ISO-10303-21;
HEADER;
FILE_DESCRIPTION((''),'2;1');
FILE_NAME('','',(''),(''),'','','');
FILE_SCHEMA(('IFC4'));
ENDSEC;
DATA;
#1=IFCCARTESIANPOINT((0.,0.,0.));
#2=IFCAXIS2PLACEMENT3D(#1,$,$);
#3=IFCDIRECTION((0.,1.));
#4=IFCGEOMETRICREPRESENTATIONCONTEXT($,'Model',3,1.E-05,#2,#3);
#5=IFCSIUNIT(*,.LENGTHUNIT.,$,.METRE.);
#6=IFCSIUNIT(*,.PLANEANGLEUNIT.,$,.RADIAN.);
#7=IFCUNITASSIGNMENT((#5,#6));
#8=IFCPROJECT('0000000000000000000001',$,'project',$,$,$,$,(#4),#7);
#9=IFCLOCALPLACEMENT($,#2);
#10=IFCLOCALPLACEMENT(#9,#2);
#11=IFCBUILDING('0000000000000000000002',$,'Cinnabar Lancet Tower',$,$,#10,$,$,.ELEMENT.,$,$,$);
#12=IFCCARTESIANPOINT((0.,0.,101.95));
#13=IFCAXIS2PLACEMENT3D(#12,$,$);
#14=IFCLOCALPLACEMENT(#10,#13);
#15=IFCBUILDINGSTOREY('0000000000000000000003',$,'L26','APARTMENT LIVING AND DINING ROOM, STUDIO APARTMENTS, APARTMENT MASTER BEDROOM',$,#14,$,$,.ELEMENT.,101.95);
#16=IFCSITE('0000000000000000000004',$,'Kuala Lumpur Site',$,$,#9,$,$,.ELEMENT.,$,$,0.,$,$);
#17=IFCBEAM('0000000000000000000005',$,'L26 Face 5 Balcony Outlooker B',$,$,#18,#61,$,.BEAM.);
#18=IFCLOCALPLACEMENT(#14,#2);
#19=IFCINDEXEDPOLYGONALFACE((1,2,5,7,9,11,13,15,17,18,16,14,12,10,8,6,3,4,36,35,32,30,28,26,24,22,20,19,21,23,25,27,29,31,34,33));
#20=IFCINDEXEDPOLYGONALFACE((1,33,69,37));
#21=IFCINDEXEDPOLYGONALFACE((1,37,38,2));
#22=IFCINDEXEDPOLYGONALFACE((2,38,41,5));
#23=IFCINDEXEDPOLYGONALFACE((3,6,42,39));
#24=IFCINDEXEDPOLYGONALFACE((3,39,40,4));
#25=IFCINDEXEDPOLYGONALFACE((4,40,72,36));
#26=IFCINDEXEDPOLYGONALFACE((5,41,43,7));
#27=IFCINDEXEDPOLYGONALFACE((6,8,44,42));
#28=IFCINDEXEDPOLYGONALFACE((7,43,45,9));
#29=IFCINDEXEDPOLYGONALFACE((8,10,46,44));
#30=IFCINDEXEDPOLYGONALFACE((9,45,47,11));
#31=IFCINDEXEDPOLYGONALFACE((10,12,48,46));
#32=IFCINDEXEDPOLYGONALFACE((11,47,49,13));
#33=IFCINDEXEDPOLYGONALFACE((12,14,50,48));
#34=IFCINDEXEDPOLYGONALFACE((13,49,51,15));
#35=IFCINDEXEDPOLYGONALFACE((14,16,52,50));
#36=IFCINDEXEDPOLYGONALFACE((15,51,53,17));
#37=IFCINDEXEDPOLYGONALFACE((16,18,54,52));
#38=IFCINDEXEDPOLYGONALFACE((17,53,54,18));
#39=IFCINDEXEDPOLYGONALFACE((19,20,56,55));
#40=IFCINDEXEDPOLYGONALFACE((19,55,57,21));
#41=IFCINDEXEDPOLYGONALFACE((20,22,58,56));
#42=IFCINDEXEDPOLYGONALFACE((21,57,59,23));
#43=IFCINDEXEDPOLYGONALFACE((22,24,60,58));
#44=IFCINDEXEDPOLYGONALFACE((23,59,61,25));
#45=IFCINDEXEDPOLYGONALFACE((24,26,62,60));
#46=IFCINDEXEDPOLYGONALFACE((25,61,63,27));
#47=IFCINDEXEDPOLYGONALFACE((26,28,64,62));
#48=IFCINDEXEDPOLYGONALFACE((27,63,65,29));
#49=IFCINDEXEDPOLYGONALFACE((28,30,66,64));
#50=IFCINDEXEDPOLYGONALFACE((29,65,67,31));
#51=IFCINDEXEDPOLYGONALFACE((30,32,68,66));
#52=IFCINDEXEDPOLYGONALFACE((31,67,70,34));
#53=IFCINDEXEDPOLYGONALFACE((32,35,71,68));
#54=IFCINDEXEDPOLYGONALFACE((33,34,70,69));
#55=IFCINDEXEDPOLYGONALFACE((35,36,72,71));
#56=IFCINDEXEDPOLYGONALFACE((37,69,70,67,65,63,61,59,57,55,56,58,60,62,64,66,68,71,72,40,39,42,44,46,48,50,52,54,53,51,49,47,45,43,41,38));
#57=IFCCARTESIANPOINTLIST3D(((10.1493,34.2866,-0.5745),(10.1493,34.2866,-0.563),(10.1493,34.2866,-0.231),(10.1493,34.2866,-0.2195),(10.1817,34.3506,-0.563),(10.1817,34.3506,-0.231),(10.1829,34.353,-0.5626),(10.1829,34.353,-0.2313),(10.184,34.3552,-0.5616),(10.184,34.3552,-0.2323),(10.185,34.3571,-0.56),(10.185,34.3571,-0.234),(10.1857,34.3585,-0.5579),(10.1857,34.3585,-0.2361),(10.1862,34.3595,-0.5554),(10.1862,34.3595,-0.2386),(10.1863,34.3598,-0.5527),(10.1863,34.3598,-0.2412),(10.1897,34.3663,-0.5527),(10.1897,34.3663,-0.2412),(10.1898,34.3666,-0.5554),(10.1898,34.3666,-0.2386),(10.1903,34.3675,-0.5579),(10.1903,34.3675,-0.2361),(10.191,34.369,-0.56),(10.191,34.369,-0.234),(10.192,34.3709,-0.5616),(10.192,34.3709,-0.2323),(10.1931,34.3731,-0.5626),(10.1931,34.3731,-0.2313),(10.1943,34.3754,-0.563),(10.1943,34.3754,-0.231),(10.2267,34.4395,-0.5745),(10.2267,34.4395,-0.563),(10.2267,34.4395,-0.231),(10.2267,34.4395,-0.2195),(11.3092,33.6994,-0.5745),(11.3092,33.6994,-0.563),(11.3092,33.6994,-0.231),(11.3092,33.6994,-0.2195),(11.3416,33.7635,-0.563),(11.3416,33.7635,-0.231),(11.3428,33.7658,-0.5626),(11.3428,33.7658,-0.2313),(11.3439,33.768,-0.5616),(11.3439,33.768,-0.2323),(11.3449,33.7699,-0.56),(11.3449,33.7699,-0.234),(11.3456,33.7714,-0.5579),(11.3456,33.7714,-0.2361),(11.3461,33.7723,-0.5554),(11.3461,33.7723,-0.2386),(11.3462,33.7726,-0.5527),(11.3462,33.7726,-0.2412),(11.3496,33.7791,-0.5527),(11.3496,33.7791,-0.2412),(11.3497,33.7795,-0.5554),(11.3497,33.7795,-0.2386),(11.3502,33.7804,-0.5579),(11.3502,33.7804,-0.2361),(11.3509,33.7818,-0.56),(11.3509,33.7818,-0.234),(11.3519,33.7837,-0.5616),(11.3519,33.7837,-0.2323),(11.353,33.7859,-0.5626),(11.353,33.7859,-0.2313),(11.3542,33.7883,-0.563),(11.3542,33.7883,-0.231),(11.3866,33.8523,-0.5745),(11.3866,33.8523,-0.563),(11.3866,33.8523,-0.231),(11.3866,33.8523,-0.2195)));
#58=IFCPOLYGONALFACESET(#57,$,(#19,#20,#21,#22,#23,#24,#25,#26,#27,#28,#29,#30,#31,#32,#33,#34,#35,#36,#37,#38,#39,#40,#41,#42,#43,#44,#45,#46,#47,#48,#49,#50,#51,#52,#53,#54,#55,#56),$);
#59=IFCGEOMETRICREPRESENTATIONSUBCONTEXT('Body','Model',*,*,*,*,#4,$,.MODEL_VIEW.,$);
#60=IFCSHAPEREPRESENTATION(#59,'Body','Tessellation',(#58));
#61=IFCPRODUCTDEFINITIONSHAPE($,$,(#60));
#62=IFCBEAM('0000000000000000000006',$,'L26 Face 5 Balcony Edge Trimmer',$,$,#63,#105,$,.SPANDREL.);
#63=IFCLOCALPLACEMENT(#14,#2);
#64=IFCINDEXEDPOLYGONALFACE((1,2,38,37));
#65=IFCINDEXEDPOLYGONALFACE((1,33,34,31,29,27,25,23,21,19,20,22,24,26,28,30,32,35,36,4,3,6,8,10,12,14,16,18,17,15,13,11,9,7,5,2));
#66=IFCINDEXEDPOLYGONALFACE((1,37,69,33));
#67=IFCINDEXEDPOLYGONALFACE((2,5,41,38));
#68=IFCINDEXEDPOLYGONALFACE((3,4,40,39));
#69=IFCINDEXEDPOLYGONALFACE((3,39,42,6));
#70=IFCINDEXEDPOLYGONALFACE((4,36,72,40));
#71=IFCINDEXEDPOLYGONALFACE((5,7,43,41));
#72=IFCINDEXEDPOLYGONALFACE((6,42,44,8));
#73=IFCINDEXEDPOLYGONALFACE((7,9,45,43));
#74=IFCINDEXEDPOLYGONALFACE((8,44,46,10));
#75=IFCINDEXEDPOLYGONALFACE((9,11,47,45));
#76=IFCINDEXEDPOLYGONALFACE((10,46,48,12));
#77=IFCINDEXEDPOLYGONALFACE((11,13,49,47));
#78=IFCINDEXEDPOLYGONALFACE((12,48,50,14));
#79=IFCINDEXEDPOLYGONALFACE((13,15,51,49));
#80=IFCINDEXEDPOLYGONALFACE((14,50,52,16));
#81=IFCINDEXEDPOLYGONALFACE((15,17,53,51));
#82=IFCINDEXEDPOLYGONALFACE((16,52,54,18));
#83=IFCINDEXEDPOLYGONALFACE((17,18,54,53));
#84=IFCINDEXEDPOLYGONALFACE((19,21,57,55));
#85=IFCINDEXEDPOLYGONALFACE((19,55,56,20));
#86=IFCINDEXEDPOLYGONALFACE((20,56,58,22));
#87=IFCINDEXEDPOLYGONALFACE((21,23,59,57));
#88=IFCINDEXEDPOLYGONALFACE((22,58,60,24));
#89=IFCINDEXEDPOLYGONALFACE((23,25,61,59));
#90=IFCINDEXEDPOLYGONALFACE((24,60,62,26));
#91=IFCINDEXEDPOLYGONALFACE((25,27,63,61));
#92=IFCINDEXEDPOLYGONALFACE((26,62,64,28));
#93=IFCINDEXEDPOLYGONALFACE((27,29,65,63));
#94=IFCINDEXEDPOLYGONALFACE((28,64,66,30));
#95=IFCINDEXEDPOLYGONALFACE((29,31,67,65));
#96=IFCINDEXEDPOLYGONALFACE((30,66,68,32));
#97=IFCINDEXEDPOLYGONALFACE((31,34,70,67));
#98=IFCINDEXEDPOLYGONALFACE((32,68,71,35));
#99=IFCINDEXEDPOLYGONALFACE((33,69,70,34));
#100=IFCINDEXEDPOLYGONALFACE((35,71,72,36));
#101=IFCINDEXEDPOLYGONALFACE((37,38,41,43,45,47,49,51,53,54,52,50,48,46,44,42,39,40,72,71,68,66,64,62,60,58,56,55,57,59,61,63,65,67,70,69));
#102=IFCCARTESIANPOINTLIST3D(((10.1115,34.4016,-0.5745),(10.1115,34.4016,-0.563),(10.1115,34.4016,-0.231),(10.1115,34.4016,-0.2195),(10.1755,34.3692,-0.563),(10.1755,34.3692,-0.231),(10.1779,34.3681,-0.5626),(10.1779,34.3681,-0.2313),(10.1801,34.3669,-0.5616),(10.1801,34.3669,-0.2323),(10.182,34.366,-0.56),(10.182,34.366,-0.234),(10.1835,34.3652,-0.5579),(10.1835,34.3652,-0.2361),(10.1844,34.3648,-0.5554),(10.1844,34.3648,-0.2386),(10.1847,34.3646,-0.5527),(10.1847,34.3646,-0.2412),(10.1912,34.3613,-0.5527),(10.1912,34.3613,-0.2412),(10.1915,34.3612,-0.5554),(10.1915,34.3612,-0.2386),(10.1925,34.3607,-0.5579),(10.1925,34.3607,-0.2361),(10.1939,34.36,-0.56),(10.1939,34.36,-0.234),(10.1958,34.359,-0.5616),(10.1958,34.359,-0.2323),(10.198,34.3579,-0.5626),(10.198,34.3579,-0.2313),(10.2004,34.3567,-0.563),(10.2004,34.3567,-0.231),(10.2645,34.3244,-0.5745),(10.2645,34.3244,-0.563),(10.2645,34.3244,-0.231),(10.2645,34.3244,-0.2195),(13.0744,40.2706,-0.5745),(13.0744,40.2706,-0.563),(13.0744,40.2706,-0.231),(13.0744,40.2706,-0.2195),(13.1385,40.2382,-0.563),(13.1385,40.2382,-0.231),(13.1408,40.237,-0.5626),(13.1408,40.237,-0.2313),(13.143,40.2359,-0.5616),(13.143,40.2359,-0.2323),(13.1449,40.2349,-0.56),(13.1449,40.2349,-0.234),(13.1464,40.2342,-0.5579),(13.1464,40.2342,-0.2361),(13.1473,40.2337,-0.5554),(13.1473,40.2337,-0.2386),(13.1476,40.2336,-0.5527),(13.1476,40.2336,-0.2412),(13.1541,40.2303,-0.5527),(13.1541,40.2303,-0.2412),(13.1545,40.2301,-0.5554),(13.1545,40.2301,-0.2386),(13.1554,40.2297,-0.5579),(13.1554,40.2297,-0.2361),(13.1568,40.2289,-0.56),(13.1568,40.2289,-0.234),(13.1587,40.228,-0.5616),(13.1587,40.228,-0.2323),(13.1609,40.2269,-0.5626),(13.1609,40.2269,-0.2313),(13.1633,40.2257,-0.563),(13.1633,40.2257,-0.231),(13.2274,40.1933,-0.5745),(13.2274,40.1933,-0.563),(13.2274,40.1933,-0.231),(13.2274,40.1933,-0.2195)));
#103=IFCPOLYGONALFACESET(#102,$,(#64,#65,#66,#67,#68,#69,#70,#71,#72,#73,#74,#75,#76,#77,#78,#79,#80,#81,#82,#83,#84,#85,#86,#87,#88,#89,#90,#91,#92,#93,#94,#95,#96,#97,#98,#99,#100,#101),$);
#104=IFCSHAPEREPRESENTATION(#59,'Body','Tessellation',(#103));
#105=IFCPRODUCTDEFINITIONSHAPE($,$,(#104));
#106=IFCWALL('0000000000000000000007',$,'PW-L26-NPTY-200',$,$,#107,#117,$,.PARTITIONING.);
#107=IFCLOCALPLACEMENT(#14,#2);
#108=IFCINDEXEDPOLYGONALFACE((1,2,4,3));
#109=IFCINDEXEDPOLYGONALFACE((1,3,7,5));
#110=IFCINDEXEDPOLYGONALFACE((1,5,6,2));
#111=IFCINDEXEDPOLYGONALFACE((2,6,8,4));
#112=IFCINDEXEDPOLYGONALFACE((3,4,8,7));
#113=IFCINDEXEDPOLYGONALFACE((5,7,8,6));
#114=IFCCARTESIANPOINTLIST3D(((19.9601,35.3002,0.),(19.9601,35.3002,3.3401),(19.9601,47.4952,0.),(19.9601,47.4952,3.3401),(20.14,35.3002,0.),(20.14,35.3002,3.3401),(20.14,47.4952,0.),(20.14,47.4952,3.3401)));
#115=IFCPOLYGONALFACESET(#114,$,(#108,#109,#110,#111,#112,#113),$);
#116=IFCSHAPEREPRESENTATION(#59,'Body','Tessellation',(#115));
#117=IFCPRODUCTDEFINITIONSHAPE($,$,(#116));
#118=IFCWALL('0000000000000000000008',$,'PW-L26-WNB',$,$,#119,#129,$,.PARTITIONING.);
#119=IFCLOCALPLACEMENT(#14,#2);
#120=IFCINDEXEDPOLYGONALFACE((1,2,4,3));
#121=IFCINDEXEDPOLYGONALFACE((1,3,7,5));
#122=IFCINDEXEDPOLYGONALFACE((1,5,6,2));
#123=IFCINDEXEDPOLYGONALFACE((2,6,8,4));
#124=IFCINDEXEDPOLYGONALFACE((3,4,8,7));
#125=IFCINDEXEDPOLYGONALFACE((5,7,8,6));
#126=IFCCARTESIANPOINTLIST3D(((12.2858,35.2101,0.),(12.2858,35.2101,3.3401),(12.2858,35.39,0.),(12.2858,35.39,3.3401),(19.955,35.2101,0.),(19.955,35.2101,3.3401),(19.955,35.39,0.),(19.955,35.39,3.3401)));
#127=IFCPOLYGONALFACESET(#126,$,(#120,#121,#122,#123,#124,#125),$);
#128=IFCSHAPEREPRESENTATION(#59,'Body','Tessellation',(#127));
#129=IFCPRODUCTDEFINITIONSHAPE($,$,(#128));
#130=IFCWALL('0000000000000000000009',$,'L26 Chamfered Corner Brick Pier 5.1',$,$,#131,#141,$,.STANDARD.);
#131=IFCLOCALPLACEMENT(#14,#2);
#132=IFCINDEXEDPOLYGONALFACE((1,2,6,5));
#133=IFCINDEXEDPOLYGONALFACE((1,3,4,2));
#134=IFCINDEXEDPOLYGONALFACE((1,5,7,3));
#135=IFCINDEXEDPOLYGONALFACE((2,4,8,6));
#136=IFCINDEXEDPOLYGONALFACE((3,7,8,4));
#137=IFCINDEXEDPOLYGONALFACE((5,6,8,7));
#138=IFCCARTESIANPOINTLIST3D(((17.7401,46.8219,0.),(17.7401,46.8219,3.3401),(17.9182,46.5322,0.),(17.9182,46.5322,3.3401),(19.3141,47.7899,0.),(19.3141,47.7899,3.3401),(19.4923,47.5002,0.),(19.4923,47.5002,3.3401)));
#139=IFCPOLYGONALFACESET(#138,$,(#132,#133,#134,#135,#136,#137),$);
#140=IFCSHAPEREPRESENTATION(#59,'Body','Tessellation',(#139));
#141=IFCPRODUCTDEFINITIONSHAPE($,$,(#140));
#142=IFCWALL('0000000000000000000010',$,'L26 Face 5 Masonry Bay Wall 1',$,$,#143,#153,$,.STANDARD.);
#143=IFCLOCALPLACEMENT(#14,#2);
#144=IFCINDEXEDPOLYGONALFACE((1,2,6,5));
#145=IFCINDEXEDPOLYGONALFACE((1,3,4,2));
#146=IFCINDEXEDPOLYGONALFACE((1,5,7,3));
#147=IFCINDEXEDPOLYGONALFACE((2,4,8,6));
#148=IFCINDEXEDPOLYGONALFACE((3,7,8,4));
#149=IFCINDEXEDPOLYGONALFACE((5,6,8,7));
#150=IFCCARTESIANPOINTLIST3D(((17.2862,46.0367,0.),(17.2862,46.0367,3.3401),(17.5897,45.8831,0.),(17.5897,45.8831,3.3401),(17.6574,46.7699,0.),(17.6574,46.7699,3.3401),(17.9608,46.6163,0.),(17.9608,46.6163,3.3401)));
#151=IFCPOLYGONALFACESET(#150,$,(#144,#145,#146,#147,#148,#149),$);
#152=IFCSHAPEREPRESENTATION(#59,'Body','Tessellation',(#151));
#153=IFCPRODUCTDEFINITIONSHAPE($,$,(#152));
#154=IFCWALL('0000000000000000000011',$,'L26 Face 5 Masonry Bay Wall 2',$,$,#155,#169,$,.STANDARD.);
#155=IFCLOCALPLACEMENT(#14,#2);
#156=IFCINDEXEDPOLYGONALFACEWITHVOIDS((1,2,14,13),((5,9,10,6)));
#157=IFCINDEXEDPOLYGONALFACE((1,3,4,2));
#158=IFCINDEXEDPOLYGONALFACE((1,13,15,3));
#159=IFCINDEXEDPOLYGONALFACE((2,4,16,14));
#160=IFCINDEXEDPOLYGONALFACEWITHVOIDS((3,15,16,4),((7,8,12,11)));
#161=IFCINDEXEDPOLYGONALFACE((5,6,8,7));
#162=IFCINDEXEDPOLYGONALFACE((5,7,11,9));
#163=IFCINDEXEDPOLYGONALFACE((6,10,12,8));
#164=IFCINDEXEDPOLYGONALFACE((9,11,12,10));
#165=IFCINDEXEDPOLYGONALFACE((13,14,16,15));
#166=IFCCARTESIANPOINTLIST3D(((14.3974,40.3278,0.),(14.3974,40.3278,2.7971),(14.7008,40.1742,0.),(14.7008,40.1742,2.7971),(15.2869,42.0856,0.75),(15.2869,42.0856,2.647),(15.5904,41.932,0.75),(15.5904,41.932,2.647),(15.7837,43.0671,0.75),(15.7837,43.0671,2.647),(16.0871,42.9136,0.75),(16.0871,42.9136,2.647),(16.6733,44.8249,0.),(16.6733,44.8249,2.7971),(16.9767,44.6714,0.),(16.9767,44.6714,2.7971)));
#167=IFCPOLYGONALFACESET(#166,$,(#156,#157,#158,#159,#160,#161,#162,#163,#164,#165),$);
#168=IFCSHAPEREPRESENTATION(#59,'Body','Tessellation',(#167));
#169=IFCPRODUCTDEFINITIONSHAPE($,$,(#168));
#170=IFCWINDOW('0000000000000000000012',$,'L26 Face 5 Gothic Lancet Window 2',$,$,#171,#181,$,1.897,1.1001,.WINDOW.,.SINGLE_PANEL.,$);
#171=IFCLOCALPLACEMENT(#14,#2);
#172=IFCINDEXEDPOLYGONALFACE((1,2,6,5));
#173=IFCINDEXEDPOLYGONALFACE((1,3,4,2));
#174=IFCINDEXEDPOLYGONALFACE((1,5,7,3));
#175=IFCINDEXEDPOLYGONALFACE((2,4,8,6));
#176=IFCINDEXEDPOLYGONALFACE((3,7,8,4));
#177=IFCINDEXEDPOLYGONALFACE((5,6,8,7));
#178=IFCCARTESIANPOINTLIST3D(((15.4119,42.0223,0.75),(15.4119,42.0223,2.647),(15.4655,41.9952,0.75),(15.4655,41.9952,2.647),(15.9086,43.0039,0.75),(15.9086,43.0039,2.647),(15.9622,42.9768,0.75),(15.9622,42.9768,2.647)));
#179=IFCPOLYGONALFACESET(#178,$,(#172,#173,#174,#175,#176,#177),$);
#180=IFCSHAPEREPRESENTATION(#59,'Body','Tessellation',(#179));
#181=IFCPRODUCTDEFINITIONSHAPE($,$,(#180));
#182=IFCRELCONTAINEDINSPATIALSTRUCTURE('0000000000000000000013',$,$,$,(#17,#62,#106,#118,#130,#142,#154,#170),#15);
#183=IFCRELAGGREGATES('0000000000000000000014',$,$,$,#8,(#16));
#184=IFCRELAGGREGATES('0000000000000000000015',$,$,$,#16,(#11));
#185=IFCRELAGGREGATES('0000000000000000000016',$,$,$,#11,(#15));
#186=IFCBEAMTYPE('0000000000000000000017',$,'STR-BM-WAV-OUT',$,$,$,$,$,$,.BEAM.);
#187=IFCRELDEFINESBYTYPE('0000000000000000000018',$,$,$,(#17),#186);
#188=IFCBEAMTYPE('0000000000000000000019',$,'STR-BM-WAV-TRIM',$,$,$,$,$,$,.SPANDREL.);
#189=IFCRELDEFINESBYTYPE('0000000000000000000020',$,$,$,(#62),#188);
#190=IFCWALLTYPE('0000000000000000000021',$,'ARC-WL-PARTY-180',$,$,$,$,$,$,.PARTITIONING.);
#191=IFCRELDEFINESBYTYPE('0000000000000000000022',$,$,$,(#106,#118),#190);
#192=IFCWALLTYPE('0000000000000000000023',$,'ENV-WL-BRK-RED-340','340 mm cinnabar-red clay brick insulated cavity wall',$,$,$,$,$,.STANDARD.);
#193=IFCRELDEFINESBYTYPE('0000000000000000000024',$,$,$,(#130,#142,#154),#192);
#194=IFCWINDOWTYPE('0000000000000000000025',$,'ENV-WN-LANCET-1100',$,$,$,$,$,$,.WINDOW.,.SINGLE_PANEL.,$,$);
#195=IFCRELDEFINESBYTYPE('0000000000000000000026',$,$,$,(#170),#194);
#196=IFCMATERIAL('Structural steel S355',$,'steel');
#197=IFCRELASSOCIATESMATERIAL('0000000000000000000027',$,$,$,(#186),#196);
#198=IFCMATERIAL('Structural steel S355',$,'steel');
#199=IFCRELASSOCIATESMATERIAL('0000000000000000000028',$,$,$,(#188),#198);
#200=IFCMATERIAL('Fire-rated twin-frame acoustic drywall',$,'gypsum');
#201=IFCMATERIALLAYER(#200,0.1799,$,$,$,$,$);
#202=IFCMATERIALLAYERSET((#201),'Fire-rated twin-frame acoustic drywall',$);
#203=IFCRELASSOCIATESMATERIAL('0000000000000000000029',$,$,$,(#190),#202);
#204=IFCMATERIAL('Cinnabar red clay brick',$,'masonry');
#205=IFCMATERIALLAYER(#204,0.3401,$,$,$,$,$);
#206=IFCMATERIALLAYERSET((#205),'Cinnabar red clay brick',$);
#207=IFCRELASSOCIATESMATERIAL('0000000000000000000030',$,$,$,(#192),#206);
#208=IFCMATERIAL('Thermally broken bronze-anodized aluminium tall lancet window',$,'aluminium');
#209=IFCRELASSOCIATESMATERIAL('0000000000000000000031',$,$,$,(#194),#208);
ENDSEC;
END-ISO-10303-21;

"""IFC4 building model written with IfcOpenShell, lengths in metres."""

from ifc_helpers import new_model, si_unit, direction, frame, frame_2d, origin, origin_2d, place, context, subcontext, project, spatial, rectangle, i_section, extrude, material, layer, layer_set, material_profile, profile_set, type_object, element, fill, save


model = new_model("IFC4")

# Units and contexts
model_context = context("Model", 3, precision=1e-05, world=origin(), true_north=direction((0.0, 1.0)))
body_context = subcontext(model_context, "Body", "Model", "MODEL_VIEW")
ifc_project = project(units=[si_unit("LENGTHUNIT", "METRE"), si_unit("PLANEANGLEUNIT", "RADIAN")], contexts=[model_context])

# Site, building, storey
site_placement = place(None, origin())
site = spatial("IfcSite", under=ifc_project, at=site_placement, Name="Kuala Lumpur Site", CompositionType="ELEMENT", RefElevation=0.0)
building_placement = place(site_placement, origin())
building = spatial("IfcBuilding", under=site, at=building_placement, Name="Cinnabar Lancet Tower", CompositionType="ELEMENT")
storey_placement = place(building_placement, frame((0.0, 0.0, 101.95)))
storey = spatial("IfcBuildingStorey", under=building, at=storey_placement, Name="L26", Description="APARTMENT LIVING AND DINING ROOM, STUDIO APARTMENTS, APARTMENT MASTER BEDROOM", CompositionType="ELEMENT", Elevation=101.95)

# Beams
ifc_material_1 = material(Name="Structural steel S355", Category="steel")
ifc_material_profile_1 = material_profile(ifc_material_1, i_section(OverallWidth=0.1714, OverallDepth=0.355, WebThickness=0.0073, FlangeThickness=0.0115, FilletRadius=0.0103, at=origin_2d()), Name="UKB 356x171x51")
ifc_profile_set_1 = profile_set([ifc_material_profile_1], Name="Structural steel S355")
beam_type_1 = type_object("IfcBeamType", Name="STR-BM-WAV-OUT", PredefinedType="BEAM", material=ifc_profile_set_1)
for number, where, z_axis, x_axis, name in (
    (1, (11.3479, 33.7759, -0.397), (-0.8922, 0.45164, 0.0), (-0.45164, -0.8922, 0.0), "L26 Face 5 Balcony Outlooker B"),
):
    element("IfcBeam", number, at=place(storey_placement, frame(where, z_axis=z_axis, x_axis=x_axis)), inside=storey, type_object=beam_type_1, Name=name, PredefinedType="BEAM", context=body_context, shape_type="SweptSolid", body=[
        extrude(i_section(OverallWidth=0.1714, OverallDepth=0.355, WebThickness=0.0073, FlangeThickness=0.0115, FilletRadius=0.0103, at=origin_2d()), origin(), (0.0, 0.0, 1.0), 1.3),
    ])
ifc_material_2 = material(Name="Structural steel S355", Category="steel")
ifc_material_profile_2 = material_profile(ifc_material_2, i_section(OverallWidth=0.1714, OverallDepth=0.355, WebThickness=0.0073, FlangeThickness=0.0115, FilletRadius=0.0103, at=origin_2d()), Name="UKB 356x171x51")
ifc_profile_set_2 = profile_set([ifc_material_profile_2], Name="Structural steel S355")
beam_type_2 = type_object("IfcBeamType", Name="STR-BM-WAV-TRIM", PredefinedType="SPANDREL", material=ifc_profile_set_2)
beam_1_placement = place(storey_placement, frame((13.1509, 40.2319, -0.397), z_axis=(-0.450671, -0.89269, 0.0), x_axis=(0.89269, -0.450671, 0.0)))
element("IfcBeam", 2, at=beam_1_placement, inside=storey, type_object=beam_type_2, Name="L26 Face 5 Balcony Edge Trimmer", PredefinedType="SPANDREL", context=body_context, shape_type="SweptSolid", body=[
    extrude(i_section(OverallWidth=0.1714, OverallDepth=0.355, WebThickness=0.0073, FlangeThickness=0.0115, FilletRadius=0.0103, at=origin_2d()), origin(), (0.0, 0.0, 1.0), 6.5745),
])

# Walls
ifc_material_3 = material(Name="Fire-rated twin-frame acoustic drywall", Category="gypsum")
ifc_layer_1 = layer(ifc_material_3, 0.1799)
ifc_layer_set_1 = layer_set([ifc_layer_1], Name="Fire-rated twin-frame acoustic drywall")
wall_type_1 = type_object("IfcWallType", Name="ARC-WL-PARTY-180", PredefinedType="PARTITIONING", material=ifc_layer_set_1)
wall_1_placement = place(storey_placement, frame((20.05, 35.3, 0.0), z_axis=(0.0, 0.0, 1.0), x_axis=(0.0, 1.0, 0.0)))
element("IfcWall", 3, at=wall_1_placement, inside=storey, type_object=wall_type_1, Name="PW-L26-NPTY-200", PredefinedType="PARTITIONING", context=body_context, shape_type="SweptSolid", body=[
    extrude(rectangle(XDim=12.1951, YDim=0.1799, at=frame_2d((6.0977, 0.0))), origin(), (0.0, 0.0, 1.0), 3.3401),
])
wall_2_placement = place(storey_placement, frame((12.2859, 35.3, 0.0), z_axis=(0.0, 0.0, 1.0), x_axis=(1.0, 0.0, 0.0)))
element("IfcWall", 4, at=wall_2_placement, inside=storey, type_object=wall_type_1, Name="PW-L26-WNB", PredefinedType="PARTITIONING", context=body_context, shape_type="SweptSolid", body=[
    extrude(rectangle(XDim=7.6692, YDim=0.1799, at=frame_2d((3.8345, 0.0))), origin(), (0.0, 0.0, 1.0), 3.3401),
])
ifc_material_4 = material(Name="Cinnabar red clay brick", Category="masonry")
ifc_layer_2 = layer(ifc_material_4, 0.3401)
ifc_layer_set_2 = layer_set([ifc_layer_2], Name="Cinnabar red clay brick")
wall_type_2 = type_object("IfcWallType", Name="ENV-WL-BRK-RED-340", Description="340 mm cinnabar-red clay brick insulated cavity wall", PredefinedType="STANDARD", material=ifc_layer_set_2)
wall_3_placement = place(storey_placement, frame((19.4031, 47.645, 0.0), z_axis=(0.0, 0.0, 1.0), x_axis=(-0.851799, -0.523869, 0.0)))
element("IfcWall", 5, at=wall_3_placement, inside=storey, type_object=wall_type_2, Name="L26 Chamfered Corner Brick Pier 5.1", PredefinedType="STANDARD", context=body_context, shape_type="SweptSolid", body=[
    extrude(rectangle(XDim=1.8479, YDim=0.3401, at=frame_2d((0.9238, 0.0))), origin(), (0.0, 0.0, 1.0), 3.3401),
])
wall_4_placement = place(storey_placement, frame((17.8091, 46.6931, 0.0), z_axis=(0.0, 0.0, 1.0), x_axis=(-0.451605, -0.892218, 0.0)))
element("IfcWall", 6, at=wall_4_placement, inside=storey, type_object=wall_type_2, Name="L26 Face 5 Masonry Bay Wall 1", PredefinedType="STANDARD", context=body_context, shape_type="SweptSolid", body=[
    extrude(rectangle(XDim=0.8218, YDim=0.3401, at=frame_2d((0.4109, 0.0))), origin(), (0.0, 0.0, 1.0), 3.3401),
])

# Wall, opening, window
wall_5_placement = place(storey_placement, frame((16.825, 44.748, 0.0), z_axis=(0.0, 0.0, 1.0), x_axis=(-0.451548, -0.892247, 0.0)))
wall_5 = element("IfcWall", 7, at=wall_5_placement, inside=storey, type_object=wall_type_2, Name="L26 Face 5 Masonry Bay Wall 2", PredefinedType="STANDARD", context=body_context, shape_type="SweptSolid", body=[
    extrude(rectangle(XDim=5.0403, YDim=0.3401, at=frame_2d((2.52, 0.0))), origin(), (0.0, 0.0, 1.0), 2.7971),
])
opening_1_placement = place(wall_5_placement, frame((1.97, 0.0, 0.75)))
opening_1 = element("IfcOpeningElement", 8, at=opening_1_placement, cuts=wall_5, PredefinedType="OPENING", context=body_context, shape_type="SweptSolid", body=[
    extrude(rectangle(XDim=1.1001, YDim=1.897, at=frame_2d((0.55, 0.9485))), frame((0.0, 0.1799, 0.0), z_axis=(0.0, -1.0, 0.0), x_axis=(1.0, 0.0, 0.0)), (0.0, 0.0, 1.0), 0.3601),
])
ifc_material_5 = material(Name="Thermally broken bronze-anodized aluminium tall lancet window", Category="aluminium")
window_type = type_object("IfcWindowType", Name="ENV-WN-LANCET-1100", PartitioningType="SINGLE_PANEL", PredefinedType="WINDOW", material=ifc_material_5)
window_placement = place(opening_1_placement, origin())
window = element("IfcWindow", 9, at=window_placement, inside=storey, type_object=window_type, Name="L26 Face 5 Gothic Lancet Window 2", OverallHeight=1.897, OverallWidth=1.1001, PartitioningType="SINGLE_PANEL", PredefinedType="WINDOW", context=body_context, shape_type="SweptSolid", body=[
    extrude(rectangle(XDim=1.1001, YDim=1.897, at=frame_2d((0.55, 0.9485))), frame((0.0, 0.03, 0.0), z_axis=(0.0, -1.0, 0.0), x_axis=(1.0, 0.0, 0.0)), (0.0, 0.0, 1.0), 0.0601),
])
fill(opening_1, window)

save(model, "model.ifc")
